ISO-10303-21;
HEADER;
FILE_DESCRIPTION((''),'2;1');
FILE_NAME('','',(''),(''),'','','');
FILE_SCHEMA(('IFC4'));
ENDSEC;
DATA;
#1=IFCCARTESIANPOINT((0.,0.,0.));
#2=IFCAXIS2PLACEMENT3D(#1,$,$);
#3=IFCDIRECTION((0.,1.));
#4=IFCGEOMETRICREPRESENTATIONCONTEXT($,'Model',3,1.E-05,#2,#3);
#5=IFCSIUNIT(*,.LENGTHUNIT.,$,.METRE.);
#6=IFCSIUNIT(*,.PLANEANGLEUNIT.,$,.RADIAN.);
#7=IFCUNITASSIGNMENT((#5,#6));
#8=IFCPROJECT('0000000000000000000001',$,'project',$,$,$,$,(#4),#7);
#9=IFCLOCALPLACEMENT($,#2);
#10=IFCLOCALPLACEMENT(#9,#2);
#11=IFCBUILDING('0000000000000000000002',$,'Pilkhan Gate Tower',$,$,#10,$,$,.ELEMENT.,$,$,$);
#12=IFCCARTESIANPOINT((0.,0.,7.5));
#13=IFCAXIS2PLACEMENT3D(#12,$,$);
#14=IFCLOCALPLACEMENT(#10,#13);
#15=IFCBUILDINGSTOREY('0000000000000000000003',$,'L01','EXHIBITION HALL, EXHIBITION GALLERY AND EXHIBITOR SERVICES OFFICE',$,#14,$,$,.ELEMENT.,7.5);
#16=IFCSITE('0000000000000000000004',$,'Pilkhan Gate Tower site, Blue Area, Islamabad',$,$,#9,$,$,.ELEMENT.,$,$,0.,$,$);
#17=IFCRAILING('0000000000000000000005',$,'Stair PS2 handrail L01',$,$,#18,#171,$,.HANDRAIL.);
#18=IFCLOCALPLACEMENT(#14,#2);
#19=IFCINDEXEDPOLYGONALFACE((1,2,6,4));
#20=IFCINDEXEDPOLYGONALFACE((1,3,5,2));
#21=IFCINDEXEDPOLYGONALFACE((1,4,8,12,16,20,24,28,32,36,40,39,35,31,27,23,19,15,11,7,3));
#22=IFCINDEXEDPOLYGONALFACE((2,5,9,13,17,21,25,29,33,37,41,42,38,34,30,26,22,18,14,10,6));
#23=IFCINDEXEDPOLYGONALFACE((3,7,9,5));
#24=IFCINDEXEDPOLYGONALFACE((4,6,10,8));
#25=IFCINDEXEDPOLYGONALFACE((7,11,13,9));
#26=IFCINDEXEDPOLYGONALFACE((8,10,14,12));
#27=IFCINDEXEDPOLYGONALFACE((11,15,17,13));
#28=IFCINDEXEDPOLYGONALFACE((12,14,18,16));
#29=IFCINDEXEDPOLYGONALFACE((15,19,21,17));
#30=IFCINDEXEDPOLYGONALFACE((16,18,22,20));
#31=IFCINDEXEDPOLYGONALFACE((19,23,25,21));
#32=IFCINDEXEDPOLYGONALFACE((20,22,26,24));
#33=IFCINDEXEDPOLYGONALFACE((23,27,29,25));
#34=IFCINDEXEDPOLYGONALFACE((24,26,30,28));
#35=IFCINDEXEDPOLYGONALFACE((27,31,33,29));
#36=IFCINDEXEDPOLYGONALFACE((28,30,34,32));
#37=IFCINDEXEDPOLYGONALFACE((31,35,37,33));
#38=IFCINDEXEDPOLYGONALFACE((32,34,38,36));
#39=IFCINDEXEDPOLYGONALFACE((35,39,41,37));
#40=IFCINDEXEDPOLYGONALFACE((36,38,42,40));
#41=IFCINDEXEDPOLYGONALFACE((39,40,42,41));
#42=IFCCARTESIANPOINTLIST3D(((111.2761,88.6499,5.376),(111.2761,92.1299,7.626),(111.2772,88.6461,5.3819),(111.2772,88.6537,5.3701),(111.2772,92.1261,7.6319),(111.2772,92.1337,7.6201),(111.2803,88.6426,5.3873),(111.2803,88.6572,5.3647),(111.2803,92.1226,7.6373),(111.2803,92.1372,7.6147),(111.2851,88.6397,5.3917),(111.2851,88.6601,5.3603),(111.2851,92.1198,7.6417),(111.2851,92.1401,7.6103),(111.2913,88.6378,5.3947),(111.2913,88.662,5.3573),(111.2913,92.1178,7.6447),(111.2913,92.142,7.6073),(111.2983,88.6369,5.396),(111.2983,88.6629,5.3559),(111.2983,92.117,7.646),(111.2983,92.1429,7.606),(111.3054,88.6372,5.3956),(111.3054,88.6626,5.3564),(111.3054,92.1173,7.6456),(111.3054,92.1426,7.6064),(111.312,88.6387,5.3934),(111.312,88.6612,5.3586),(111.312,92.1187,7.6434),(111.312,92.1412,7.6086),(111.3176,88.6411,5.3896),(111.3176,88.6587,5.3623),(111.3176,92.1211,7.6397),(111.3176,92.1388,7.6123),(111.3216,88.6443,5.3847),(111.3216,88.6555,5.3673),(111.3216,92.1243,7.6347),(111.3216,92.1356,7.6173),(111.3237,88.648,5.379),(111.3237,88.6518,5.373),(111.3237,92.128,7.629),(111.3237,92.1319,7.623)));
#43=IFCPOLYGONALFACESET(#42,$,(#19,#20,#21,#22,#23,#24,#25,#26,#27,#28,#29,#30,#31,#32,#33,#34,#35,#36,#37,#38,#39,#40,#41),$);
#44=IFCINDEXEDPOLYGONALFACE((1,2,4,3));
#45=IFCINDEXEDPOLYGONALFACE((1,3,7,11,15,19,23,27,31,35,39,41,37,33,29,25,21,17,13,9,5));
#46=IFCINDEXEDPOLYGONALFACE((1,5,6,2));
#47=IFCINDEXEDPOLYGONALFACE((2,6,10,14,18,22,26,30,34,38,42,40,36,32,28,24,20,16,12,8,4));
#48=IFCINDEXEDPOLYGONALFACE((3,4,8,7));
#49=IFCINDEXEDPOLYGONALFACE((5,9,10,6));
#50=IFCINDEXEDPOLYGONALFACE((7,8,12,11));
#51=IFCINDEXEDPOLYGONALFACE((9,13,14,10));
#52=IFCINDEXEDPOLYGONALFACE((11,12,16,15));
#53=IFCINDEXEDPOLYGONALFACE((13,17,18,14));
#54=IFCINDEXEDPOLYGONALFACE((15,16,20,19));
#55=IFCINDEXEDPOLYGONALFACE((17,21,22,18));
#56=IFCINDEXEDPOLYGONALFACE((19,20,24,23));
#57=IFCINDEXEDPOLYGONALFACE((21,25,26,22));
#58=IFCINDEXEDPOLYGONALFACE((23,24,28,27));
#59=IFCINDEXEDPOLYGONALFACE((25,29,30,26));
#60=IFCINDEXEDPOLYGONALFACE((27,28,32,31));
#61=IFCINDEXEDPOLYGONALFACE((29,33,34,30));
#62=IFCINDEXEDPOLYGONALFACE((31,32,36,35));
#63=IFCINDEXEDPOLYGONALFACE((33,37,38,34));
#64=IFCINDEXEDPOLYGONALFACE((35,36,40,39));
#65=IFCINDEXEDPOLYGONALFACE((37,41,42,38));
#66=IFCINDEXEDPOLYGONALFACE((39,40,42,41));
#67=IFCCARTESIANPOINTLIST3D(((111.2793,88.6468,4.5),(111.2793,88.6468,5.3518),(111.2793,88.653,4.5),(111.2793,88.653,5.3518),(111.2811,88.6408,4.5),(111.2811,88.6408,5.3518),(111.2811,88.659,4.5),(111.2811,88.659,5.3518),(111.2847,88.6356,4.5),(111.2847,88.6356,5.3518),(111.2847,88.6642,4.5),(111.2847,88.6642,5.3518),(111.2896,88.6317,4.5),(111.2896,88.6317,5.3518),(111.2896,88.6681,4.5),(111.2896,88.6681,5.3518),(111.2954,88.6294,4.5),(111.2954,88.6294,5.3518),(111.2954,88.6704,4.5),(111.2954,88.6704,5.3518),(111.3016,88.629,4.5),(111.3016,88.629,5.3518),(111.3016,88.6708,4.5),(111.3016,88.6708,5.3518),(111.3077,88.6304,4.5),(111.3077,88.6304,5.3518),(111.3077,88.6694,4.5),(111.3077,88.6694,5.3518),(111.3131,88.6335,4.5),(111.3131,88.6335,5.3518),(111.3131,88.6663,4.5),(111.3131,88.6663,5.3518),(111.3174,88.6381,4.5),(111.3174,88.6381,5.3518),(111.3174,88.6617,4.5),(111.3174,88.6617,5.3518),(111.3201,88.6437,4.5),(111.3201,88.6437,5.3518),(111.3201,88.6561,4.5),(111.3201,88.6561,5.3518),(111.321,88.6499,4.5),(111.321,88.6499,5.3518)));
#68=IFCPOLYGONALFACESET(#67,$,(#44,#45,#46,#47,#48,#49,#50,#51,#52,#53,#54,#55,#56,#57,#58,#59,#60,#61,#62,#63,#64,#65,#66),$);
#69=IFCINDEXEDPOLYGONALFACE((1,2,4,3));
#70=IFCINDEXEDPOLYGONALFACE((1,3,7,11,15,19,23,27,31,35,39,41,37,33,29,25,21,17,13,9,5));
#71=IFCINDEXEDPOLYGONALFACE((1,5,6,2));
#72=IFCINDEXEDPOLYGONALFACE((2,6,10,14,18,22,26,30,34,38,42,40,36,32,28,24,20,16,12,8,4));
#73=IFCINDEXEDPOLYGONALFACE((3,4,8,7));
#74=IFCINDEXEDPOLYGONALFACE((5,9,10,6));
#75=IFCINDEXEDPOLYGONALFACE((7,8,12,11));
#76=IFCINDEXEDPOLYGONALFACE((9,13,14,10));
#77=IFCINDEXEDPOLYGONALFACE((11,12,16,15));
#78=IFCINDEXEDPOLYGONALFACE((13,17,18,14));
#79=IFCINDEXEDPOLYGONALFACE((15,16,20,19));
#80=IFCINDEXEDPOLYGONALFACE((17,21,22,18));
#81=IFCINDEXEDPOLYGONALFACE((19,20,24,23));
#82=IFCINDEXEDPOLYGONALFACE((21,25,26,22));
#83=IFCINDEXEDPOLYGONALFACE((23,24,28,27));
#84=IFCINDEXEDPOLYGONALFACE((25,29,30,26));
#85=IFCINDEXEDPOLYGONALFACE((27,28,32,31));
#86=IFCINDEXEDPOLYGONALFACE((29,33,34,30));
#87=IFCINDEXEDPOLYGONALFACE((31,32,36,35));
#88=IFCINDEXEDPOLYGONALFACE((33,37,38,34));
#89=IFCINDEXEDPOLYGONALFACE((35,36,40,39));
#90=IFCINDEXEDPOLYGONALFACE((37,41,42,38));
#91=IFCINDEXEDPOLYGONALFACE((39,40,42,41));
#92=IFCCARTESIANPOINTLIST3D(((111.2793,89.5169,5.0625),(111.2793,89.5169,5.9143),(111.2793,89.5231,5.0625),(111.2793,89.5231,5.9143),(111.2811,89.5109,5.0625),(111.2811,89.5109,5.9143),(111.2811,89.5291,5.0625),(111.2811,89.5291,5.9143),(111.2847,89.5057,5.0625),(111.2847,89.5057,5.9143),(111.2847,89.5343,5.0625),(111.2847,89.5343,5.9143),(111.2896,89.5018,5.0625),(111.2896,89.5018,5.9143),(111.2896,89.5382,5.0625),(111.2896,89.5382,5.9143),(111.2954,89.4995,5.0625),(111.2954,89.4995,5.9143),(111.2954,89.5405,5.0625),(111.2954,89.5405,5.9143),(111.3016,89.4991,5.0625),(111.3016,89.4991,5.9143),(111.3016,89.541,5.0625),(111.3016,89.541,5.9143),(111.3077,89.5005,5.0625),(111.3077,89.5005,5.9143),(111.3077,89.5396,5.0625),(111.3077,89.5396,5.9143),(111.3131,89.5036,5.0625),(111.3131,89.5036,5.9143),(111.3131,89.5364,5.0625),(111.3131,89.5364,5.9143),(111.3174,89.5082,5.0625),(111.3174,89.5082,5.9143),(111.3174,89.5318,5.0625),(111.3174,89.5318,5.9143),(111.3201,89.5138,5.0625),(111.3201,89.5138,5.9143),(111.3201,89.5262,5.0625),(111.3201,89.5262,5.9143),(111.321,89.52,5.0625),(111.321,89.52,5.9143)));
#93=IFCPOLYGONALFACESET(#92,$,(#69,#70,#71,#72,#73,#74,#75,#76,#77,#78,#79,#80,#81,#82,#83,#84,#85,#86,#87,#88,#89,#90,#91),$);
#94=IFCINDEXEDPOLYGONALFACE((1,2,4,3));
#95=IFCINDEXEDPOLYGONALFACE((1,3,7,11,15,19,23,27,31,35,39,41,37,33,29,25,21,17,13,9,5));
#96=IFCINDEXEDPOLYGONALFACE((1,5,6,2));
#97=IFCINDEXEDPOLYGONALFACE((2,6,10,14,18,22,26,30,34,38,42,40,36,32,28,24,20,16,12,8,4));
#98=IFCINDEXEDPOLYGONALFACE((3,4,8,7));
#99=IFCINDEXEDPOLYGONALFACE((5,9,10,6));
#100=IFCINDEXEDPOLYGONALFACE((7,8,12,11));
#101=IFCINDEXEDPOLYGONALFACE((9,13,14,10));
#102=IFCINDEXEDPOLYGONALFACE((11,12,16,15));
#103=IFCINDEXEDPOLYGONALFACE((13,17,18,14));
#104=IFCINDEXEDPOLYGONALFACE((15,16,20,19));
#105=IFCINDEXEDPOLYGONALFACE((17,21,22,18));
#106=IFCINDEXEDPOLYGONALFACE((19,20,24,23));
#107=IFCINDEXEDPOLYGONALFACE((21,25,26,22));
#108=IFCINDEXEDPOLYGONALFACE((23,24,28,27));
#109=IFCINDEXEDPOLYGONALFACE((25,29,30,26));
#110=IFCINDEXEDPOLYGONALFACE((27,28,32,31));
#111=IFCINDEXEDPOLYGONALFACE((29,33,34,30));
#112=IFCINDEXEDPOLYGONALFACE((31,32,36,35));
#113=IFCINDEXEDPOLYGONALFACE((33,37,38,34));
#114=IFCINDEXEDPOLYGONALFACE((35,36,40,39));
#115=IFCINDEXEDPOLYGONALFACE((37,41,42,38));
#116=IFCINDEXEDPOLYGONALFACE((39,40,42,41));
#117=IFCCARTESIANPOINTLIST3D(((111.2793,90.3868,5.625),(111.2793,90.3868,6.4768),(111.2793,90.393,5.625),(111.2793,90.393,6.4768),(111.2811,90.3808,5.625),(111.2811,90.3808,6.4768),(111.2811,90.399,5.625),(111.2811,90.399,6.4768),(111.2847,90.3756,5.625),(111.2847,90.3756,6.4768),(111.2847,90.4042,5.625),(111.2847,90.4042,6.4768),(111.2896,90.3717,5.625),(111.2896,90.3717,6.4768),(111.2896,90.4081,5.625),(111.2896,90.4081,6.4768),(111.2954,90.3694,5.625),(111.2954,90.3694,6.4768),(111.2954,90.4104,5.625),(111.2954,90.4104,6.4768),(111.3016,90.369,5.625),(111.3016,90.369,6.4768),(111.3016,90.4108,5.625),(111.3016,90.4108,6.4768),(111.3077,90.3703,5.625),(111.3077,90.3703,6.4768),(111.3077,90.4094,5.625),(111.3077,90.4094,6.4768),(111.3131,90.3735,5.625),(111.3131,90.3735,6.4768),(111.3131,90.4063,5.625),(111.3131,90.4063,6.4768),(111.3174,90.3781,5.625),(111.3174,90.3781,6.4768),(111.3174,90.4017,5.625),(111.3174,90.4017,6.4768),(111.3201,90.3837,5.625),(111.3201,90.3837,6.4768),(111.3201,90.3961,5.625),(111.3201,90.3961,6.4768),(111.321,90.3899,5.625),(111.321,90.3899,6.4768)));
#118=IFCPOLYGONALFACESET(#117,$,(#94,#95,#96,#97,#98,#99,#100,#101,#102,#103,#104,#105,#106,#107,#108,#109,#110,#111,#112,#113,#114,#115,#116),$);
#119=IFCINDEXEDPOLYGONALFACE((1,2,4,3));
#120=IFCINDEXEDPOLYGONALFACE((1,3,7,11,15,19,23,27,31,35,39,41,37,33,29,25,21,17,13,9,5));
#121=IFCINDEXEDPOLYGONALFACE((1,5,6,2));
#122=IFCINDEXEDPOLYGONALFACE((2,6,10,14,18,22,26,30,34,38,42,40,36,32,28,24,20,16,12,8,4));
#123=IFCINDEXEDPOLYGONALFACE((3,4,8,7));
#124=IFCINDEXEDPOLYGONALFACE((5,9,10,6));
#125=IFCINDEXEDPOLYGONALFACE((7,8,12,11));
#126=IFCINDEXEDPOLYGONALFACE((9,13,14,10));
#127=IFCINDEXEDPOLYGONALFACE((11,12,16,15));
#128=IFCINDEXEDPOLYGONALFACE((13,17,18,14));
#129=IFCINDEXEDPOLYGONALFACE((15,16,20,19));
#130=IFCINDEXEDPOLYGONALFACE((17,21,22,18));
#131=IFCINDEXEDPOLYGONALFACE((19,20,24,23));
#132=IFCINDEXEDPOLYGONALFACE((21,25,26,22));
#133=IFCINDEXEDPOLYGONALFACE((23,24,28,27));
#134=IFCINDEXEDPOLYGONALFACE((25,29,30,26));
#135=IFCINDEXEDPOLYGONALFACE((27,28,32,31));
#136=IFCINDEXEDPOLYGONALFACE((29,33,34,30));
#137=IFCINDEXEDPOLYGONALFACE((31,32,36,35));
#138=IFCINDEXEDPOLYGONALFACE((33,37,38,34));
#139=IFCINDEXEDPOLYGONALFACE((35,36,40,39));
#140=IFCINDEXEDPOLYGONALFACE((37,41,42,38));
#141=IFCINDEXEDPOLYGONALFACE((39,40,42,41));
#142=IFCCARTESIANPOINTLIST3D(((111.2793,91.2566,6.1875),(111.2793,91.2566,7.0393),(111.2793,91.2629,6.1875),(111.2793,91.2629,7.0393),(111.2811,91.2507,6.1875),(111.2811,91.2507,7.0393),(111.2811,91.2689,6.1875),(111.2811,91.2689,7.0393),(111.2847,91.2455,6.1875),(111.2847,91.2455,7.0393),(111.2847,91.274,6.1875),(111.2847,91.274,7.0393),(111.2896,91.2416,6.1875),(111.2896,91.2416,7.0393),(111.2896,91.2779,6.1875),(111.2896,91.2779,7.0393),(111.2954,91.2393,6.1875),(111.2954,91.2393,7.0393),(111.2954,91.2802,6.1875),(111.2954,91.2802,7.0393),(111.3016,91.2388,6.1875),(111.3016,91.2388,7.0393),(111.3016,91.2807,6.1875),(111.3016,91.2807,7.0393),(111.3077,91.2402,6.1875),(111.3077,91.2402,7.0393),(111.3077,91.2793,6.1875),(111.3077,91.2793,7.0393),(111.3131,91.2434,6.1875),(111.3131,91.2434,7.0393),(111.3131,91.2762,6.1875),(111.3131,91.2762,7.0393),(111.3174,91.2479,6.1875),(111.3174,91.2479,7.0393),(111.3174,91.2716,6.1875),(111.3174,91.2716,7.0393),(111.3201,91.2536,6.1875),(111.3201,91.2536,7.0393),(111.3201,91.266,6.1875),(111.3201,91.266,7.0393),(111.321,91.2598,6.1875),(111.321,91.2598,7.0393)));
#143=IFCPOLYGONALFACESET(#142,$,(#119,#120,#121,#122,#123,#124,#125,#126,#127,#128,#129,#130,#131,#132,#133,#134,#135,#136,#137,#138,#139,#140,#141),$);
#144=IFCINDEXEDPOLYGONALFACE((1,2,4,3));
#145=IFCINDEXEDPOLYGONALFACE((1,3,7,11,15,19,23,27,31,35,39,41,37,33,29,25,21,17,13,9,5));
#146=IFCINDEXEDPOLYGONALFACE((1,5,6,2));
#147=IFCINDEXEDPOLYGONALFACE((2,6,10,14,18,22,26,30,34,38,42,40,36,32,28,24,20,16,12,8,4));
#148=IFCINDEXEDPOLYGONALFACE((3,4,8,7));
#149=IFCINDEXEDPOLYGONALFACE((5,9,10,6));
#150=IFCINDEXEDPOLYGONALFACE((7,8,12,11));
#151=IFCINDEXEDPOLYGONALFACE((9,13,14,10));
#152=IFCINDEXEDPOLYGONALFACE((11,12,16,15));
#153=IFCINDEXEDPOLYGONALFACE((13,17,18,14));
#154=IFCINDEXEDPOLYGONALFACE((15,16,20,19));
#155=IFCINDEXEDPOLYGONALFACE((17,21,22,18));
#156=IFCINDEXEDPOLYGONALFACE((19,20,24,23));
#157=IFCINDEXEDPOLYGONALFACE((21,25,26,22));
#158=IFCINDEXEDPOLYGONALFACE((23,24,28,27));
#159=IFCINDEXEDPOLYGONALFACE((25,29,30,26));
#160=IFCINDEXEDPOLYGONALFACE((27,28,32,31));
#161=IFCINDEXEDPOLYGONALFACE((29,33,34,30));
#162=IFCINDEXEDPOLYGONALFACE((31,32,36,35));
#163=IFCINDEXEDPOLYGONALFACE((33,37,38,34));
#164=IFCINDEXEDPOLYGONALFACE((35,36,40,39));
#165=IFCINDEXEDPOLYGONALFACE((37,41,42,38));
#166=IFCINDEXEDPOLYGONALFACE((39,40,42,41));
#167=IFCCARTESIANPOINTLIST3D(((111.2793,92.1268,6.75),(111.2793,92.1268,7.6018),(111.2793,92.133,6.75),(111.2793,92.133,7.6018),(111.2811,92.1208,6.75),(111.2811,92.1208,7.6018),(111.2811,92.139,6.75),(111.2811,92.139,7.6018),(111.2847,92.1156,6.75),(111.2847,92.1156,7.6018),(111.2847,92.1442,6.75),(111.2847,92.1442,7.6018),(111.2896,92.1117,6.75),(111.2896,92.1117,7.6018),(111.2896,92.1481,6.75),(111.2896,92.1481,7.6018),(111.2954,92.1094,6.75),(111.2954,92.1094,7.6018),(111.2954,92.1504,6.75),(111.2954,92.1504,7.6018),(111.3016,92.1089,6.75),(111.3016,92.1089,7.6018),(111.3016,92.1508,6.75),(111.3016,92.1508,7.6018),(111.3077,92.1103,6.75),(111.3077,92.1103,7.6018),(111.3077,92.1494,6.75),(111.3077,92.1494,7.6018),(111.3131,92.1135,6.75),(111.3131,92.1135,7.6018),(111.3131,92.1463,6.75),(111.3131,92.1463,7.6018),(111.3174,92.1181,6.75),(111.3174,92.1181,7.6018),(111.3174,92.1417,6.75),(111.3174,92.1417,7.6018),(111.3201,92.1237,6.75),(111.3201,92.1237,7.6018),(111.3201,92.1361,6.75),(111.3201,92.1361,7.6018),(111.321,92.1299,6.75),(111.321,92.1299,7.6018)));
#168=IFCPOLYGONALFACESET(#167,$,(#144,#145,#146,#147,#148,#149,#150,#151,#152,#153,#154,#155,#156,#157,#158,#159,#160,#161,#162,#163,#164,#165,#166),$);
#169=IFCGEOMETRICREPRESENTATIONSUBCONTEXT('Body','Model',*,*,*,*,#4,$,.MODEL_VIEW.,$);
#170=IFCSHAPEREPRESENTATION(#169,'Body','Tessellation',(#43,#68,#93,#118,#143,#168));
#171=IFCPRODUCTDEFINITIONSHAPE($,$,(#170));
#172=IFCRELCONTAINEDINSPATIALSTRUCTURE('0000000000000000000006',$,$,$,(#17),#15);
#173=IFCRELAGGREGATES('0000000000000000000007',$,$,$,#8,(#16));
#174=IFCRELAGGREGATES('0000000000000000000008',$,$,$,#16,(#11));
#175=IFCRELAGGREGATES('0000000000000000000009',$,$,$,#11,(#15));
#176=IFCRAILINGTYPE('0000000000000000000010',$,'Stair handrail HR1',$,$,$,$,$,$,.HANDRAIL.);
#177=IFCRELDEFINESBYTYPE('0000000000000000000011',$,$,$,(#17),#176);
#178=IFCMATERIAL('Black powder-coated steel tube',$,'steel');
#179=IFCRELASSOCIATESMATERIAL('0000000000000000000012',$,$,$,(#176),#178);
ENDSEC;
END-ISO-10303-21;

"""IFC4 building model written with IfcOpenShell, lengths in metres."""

from ifc_helpers import new_model, si_unit, direction, frame, origin, origin_2d, place, context, subcontext, project, spatial, circle, extrude, material, type_object, element, save


model = new_model("IFC4")

# Units and contexts
model_context = context("Model", 3, precision=1e-05, world=origin(), true_north=direction((0.0, 1.0)))
body_context = subcontext(model_context, "Body", "Model", "MODEL_VIEW")
ifc_project = project(units=[si_unit("LENGTHUNIT", "METRE"), si_unit("PLANEANGLEUNIT", "RADIAN")], contexts=[model_context])

# Site, building, storey
site_placement = place(None, origin())
site = spatial("IfcSite", under=ifc_project, at=site_placement, Name="Pilkhan Gate Tower site, Blue Area, Islamabad", CompositionType="ELEMENT", RefElevation=0.0)
building_placement = place(site_placement, origin())
building = spatial("IfcBuilding", under=site, at=building_placement, Name="Pilkhan Gate Tower", CompositionType="ELEMENT")
storey_placement = place(building_placement, frame((0.0, 0.0, 7.5)))
storey = spatial("IfcBuildingStorey", under=building, at=storey_placement, Name="L01", Description="EXHIBITION HALL, EXHIBITION GALLERY AND EXHIBITOR SERVICES OFFICE", CompositionType="ELEMENT", Elevation=7.5)

# Railing
ifc_material_1 = material(Name="Black powder-coated steel tube", Category="steel")
railing_type_1 = type_object("IfcRailingType", Name="Stair handrail HR1", PredefinedType="HANDRAIL", material=ifc_material_1)
railing_1_placement = place(storey_placement, frame((111.3, 88.6499, 4.5)))
element("IfcRailing", 1, at=railing_1_placement, inside=storey, type_object=railing_type_1, Name="Stair PS2 handrail L01", PredefinedType="HANDRAIL", context=body_context, shape_type="SweptSolid", body=[
    extrude(circle(Radius=0.0239, at=origin_2d()), frame((0.0, 0.0, 0.876), z_axis=(0.0, 0.839763, 0.542953), x_axis=(-1.0, 0.0, 0.0)), (0.0, 0.0, 1.0), 4.144),
    extrude(circle(Radius=0.021, at=origin_2d()), origin(), (0.0, 0.0, 1.0), 0.8518),
    extrude(circle(Radius=0.021, at=origin_2d()), frame((0.0, 0.8701, 0.5625)), (0.0, 0.0, 1.0), 0.8518),
    extrude(circle(Radius=0.021, at=origin_2d()), frame((0.0, 1.74, 1.125)), (0.0, 0.0, 1.0), 0.8518),
    extrude(circle(Radius=0.021, at=origin_2d()), frame((0.0, 2.6099, 1.6875)), (0.0, 0.0, 1.0), 0.8518),
    extrude(circle(Radius=0.021, at=origin_2d()), frame((0.0, 3.48, 2.25)), (0.0, 0.0, 1.0), 0.8518),
])

save(model, "model.ifc")
